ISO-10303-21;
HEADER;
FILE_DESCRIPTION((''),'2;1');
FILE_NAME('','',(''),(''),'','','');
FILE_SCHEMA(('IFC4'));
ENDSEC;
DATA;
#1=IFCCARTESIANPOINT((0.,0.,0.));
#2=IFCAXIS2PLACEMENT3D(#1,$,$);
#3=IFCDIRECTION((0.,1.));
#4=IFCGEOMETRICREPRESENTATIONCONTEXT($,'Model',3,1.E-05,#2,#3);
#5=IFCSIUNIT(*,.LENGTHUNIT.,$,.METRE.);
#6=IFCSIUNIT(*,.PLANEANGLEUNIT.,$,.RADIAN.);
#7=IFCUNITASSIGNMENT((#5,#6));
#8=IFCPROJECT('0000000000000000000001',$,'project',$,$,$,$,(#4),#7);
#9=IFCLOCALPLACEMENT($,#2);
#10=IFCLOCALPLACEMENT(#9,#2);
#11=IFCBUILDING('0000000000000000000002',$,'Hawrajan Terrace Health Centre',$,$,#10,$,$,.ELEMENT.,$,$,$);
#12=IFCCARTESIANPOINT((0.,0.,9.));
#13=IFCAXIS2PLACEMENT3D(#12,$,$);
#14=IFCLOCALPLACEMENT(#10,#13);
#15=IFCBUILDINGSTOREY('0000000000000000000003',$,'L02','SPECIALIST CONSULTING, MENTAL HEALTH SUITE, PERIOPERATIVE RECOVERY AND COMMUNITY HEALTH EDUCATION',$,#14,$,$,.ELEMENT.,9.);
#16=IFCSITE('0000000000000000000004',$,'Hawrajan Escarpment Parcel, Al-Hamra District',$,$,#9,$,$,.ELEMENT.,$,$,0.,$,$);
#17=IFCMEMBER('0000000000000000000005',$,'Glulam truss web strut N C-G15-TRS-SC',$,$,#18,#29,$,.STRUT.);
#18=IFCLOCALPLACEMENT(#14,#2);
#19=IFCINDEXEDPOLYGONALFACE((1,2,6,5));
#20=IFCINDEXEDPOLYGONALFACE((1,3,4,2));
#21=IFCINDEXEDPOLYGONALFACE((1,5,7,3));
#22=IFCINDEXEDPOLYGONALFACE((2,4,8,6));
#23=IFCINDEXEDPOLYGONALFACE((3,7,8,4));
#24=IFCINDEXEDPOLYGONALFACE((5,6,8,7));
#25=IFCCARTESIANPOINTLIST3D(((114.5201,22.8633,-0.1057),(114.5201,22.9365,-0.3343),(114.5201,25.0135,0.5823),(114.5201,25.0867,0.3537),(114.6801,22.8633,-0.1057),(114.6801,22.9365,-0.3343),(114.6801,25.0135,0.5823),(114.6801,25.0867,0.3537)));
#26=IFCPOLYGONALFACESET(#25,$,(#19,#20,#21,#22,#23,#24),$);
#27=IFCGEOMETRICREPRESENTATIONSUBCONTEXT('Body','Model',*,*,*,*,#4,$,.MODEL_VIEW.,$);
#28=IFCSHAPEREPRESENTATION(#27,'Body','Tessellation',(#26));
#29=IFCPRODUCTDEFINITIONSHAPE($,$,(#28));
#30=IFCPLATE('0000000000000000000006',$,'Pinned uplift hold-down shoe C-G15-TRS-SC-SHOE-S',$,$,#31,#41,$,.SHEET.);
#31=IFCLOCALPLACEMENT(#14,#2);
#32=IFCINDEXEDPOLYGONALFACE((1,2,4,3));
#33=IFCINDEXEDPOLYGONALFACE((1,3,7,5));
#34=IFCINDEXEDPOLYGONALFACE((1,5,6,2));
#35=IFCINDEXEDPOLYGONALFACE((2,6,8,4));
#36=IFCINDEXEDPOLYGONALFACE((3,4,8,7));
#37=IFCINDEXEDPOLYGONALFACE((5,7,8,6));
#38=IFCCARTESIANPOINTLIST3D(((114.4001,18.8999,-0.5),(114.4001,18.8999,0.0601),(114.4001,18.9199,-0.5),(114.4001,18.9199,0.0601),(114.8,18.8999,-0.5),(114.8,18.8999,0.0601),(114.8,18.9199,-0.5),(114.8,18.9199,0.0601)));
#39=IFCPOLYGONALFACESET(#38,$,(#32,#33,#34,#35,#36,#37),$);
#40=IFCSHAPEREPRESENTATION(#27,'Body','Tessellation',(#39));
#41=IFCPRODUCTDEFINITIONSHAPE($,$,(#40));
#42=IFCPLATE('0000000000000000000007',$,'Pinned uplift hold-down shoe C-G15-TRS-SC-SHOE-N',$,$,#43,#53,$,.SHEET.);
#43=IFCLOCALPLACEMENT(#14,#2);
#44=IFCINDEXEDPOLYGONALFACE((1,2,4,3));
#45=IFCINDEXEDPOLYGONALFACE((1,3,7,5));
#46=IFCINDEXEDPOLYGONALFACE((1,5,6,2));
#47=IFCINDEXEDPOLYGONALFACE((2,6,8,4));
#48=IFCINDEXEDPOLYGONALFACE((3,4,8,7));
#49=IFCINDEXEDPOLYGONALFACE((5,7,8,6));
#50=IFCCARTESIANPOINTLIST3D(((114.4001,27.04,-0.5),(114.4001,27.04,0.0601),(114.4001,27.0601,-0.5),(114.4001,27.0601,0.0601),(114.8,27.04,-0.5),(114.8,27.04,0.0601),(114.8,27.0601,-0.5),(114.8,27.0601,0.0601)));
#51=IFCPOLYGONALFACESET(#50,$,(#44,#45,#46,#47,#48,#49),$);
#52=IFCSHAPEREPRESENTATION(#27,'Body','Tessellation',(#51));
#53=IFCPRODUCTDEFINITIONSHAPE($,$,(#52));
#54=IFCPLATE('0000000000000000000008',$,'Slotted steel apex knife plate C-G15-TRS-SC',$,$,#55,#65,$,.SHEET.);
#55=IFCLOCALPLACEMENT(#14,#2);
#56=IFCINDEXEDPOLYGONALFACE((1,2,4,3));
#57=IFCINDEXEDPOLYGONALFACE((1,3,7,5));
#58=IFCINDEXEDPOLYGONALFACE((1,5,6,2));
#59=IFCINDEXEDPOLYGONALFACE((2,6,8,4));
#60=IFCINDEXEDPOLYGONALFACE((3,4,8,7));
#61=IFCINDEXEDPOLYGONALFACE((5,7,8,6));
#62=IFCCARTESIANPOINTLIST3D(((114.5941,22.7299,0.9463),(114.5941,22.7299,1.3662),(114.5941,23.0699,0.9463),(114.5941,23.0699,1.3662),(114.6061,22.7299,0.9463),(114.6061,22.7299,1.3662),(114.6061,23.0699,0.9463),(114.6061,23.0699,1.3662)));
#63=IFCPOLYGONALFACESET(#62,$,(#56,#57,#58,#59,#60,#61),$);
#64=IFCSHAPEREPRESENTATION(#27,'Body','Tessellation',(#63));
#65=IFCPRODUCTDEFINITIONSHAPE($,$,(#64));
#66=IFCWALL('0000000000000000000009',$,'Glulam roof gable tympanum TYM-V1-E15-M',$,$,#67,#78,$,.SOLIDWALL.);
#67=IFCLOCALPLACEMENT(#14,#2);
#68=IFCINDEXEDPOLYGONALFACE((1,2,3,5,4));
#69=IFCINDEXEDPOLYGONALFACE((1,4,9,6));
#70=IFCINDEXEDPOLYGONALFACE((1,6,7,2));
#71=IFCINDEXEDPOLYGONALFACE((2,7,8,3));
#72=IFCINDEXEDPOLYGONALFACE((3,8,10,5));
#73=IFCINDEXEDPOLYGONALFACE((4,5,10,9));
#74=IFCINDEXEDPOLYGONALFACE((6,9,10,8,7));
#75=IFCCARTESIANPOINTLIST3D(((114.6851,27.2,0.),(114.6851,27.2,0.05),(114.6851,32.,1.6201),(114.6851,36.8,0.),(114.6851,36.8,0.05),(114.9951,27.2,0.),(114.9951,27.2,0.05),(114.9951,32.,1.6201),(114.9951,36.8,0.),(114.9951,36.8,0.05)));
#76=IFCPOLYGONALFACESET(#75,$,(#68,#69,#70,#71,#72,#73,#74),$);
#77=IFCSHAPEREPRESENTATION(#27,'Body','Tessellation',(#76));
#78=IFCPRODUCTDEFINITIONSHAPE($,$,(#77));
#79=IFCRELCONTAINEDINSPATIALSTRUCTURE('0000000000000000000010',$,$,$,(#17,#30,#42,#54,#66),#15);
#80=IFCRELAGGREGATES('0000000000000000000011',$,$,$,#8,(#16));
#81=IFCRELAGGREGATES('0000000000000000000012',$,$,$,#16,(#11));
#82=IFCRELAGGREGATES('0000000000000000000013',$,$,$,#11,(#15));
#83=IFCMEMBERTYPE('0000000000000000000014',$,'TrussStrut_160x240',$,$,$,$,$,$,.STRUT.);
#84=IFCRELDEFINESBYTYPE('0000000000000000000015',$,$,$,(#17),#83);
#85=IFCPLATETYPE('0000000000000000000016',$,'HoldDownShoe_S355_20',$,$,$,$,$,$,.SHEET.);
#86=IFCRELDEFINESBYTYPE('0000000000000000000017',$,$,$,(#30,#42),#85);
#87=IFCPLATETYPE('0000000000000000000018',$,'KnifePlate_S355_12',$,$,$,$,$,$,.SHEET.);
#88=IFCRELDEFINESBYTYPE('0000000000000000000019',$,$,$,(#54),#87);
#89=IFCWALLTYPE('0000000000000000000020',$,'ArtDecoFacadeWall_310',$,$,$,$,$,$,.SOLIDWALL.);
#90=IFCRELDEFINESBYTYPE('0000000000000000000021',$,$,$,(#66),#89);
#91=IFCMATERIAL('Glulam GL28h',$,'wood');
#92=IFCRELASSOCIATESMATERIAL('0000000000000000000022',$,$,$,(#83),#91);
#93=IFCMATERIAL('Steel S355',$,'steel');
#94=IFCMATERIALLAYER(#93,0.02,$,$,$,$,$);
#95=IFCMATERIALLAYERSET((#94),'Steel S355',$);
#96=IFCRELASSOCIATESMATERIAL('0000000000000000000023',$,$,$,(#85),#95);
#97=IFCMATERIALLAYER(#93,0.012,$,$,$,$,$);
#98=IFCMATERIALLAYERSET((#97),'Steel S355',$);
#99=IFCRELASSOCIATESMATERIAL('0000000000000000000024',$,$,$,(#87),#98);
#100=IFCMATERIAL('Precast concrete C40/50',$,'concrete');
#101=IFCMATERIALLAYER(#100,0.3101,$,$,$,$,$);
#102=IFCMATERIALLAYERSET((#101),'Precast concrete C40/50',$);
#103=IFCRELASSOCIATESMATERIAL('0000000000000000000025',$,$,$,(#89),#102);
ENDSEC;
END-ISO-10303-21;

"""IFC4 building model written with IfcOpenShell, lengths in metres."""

from ifc_helpers import new_model, si_unit, direction, frame, origin, origin_2d, place, context, subcontext, project, spatial, polyline, rectangle, outline, extrude, material, layer, layer_set, material_profile, profile_set, type_object, element, save


model = new_model("IFC4")

# Units and contexts
model_context = context("Model", 3, precision=1e-05, world=origin(), true_north=direction((0.0, 1.0)))
body_context = subcontext(model_context, "Body", "Model", "MODEL_VIEW")
ifc_project = project(units=[si_unit("LENGTHUNIT", "METRE"), si_unit("PLANEANGLEUNIT", "RADIAN")], contexts=[model_context])

# Site, building, storey
site_placement = place(None, origin())
site = spatial("IfcSite", under=ifc_project, at=site_placement, Name="Hawrajan Escarpment Parcel, Al-Hamra District", CompositionType="ELEMENT", RefElevation=0.0)
building_placement = place(site_placement, origin())
building = spatial("IfcBuilding", under=site, at=building_placement, Name="Hawrajan Terrace Health Centre", CompositionType="ELEMENT")
storey_placement = place(building_placement, frame((0.0, 0.0, 9.0)))
storey = spatial("IfcBuildingStorey", under=building, at=storey_placement, Name="L02", Description="SPECIALIST CONSULTING, MENTAL HEALTH SUITE, PERIOPERATIVE RECOVERY AND COMMUNITY HEALTH EDUCATION", CompositionType="ELEMENT", Elevation=9.0)

# Shared definitions
ifc_material_1 = material(Name="Glulam GL28h", Category="wood")

# Member
ifc_material_profile_1 = material_profile(ifc_material_1, rectangle(XDim=0.1599, YDim=0.24, at=origin_2d()), Name="GL WEB 160x240")
ifc_profile_set_1 = profile_set([ifc_material_profile_1], Name="Glulam GL28h")
member_type_1 = type_object("IfcMemberType", Name="TrussStrut_160x240", PredefinedType="STRUT", material=ifc_profile_set_1)
member_1_placement = place(storey_placement, frame((114.6001, 22.8999, -0.22), z_axis=(0.0, 0.952432, 0.304752), x_axis=(-1.0, 0.0, 0.0)))
element("IfcMember", 1, at=member_1_placement, inside=storey, type_object=member_type_1, Name="Glulam truss web strut N C-G15-TRS-SC", PredefinedType="STRUT", context=body_context, shape_type="SweptSolid", body=[
    extrude(rectangle(XDim=0.1599, YDim=0.24, at=origin_2d()), origin(), (0.0, 0.0, 1.0), 2.2576),
])

# Plates
ifc_material_2 = material(Name="Steel S355", Category="steel")
ifc_layer_1 = layer(ifc_material_2, 0.02)
ifc_layer_set_1 = layer_set([ifc_layer_1], Name="Steel S355")
plate_type_1 = type_object("IfcPlateType", Name="HoldDownShoe_S355_20", PredefinedType="SHEET", material=ifc_layer_set_1)
for number, where, z_axis, x_axis, name in (
    (2, (114.6001, 18.9099, -0.5), (0.0, 0.0, 1.0), (1.0, 0.0, 0.0), "Pinned uplift hold-down shoe C-G15-TRS-SC-SHOE-S"),
    (3, (114.6001, 27.05, -0.5), (0.0, 0.0, 1.0), (1.0, 0.0, 0.0), "Pinned uplift hold-down shoe C-G15-TRS-SC-SHOE-N"),
):
    element("IfcPlate", number, at=place(storey_placement, frame(where, z_axis=z_axis, x_axis=x_axis)), inside=storey, type_object=plate_type_1, Name=name, PredefinedType="SHEET", context=body_context, shape_type="SweptSolid", body=[
        extrude(rectangle(XDim=0.3999, YDim=0.02, at=origin_2d()), origin(), (0.0, 0.0, 1.0), 0.5601),
    ])
ifc_layer_2 = layer(ifc_material_2, 0.012)
ifc_layer_set_2 = layer_set([ifc_layer_2], Name="Steel S355")
plate_type_2 = type_object("IfcPlateType", Name="KnifePlate_S355_12", PredefinedType="SHEET", material=ifc_layer_set_2)
plate_placement = place(storey_placement, frame((114.6001, 22.8999, 0.9463), z_axis=(0.0, 0.0, 1.0), x_axis=(1.0, 0.0, 0.0)))
element("IfcPlate", 4, at=plate_placement, inside=storey, type_object=plate_type_2, Name="Slotted steel apex knife plate C-G15-TRS-SC", PredefinedType="SHEET", context=body_context, shape_type="SweptSolid", body=[
    extrude(rectangle(XDim=0.012, YDim=0.3401, at=origin_2d()), origin(), (0.0, 0.0, 1.0), 0.4199),
])

# Wall
ifc_material_3 = material(Name="Precast concrete C40/50", Category="concrete")
ifc_layer_3 = layer(ifc_material_3, 0.3101)
ifc_layer_set_3 = layer_set([ifc_layer_3], Name="Precast concrete C40/50")
wall_type = type_object("IfcWallType", Name="ArtDecoFacadeWall_310", PredefinedType="SOLIDWALL", material=ifc_layer_set_3)
wall_placement = place(storey_placement, frame((114.8401, 27.2, 0.0), z_axis=(0.0, 0.0, 1.0), x_axis=(0.0, 1.0, 0.0)))
element("IfcWall", 5, at=wall_placement, inside=storey, type_object=wall_type, Name="Glulam roof gable tympanum TYM-V1-E15-M", PredefinedType="SOLIDWALL", context=body_context, shape_type="SweptSolid", body=[
    extrude(outline(polyline([(0.0, 0.0), (9.6001, 0.0), (9.6001, 0.05), (4.8, 1.6201), (0.0, 0.05), (0.0, 0.0)])), frame((0.0, 0.155, 0.0), z_axis=(0.0, -1.0, 0.0), x_axis=(1.0, 0.0, 0.0)), (0.0, 0.0, 1.0), 0.3101),
])

save(model, "model.ifc")
